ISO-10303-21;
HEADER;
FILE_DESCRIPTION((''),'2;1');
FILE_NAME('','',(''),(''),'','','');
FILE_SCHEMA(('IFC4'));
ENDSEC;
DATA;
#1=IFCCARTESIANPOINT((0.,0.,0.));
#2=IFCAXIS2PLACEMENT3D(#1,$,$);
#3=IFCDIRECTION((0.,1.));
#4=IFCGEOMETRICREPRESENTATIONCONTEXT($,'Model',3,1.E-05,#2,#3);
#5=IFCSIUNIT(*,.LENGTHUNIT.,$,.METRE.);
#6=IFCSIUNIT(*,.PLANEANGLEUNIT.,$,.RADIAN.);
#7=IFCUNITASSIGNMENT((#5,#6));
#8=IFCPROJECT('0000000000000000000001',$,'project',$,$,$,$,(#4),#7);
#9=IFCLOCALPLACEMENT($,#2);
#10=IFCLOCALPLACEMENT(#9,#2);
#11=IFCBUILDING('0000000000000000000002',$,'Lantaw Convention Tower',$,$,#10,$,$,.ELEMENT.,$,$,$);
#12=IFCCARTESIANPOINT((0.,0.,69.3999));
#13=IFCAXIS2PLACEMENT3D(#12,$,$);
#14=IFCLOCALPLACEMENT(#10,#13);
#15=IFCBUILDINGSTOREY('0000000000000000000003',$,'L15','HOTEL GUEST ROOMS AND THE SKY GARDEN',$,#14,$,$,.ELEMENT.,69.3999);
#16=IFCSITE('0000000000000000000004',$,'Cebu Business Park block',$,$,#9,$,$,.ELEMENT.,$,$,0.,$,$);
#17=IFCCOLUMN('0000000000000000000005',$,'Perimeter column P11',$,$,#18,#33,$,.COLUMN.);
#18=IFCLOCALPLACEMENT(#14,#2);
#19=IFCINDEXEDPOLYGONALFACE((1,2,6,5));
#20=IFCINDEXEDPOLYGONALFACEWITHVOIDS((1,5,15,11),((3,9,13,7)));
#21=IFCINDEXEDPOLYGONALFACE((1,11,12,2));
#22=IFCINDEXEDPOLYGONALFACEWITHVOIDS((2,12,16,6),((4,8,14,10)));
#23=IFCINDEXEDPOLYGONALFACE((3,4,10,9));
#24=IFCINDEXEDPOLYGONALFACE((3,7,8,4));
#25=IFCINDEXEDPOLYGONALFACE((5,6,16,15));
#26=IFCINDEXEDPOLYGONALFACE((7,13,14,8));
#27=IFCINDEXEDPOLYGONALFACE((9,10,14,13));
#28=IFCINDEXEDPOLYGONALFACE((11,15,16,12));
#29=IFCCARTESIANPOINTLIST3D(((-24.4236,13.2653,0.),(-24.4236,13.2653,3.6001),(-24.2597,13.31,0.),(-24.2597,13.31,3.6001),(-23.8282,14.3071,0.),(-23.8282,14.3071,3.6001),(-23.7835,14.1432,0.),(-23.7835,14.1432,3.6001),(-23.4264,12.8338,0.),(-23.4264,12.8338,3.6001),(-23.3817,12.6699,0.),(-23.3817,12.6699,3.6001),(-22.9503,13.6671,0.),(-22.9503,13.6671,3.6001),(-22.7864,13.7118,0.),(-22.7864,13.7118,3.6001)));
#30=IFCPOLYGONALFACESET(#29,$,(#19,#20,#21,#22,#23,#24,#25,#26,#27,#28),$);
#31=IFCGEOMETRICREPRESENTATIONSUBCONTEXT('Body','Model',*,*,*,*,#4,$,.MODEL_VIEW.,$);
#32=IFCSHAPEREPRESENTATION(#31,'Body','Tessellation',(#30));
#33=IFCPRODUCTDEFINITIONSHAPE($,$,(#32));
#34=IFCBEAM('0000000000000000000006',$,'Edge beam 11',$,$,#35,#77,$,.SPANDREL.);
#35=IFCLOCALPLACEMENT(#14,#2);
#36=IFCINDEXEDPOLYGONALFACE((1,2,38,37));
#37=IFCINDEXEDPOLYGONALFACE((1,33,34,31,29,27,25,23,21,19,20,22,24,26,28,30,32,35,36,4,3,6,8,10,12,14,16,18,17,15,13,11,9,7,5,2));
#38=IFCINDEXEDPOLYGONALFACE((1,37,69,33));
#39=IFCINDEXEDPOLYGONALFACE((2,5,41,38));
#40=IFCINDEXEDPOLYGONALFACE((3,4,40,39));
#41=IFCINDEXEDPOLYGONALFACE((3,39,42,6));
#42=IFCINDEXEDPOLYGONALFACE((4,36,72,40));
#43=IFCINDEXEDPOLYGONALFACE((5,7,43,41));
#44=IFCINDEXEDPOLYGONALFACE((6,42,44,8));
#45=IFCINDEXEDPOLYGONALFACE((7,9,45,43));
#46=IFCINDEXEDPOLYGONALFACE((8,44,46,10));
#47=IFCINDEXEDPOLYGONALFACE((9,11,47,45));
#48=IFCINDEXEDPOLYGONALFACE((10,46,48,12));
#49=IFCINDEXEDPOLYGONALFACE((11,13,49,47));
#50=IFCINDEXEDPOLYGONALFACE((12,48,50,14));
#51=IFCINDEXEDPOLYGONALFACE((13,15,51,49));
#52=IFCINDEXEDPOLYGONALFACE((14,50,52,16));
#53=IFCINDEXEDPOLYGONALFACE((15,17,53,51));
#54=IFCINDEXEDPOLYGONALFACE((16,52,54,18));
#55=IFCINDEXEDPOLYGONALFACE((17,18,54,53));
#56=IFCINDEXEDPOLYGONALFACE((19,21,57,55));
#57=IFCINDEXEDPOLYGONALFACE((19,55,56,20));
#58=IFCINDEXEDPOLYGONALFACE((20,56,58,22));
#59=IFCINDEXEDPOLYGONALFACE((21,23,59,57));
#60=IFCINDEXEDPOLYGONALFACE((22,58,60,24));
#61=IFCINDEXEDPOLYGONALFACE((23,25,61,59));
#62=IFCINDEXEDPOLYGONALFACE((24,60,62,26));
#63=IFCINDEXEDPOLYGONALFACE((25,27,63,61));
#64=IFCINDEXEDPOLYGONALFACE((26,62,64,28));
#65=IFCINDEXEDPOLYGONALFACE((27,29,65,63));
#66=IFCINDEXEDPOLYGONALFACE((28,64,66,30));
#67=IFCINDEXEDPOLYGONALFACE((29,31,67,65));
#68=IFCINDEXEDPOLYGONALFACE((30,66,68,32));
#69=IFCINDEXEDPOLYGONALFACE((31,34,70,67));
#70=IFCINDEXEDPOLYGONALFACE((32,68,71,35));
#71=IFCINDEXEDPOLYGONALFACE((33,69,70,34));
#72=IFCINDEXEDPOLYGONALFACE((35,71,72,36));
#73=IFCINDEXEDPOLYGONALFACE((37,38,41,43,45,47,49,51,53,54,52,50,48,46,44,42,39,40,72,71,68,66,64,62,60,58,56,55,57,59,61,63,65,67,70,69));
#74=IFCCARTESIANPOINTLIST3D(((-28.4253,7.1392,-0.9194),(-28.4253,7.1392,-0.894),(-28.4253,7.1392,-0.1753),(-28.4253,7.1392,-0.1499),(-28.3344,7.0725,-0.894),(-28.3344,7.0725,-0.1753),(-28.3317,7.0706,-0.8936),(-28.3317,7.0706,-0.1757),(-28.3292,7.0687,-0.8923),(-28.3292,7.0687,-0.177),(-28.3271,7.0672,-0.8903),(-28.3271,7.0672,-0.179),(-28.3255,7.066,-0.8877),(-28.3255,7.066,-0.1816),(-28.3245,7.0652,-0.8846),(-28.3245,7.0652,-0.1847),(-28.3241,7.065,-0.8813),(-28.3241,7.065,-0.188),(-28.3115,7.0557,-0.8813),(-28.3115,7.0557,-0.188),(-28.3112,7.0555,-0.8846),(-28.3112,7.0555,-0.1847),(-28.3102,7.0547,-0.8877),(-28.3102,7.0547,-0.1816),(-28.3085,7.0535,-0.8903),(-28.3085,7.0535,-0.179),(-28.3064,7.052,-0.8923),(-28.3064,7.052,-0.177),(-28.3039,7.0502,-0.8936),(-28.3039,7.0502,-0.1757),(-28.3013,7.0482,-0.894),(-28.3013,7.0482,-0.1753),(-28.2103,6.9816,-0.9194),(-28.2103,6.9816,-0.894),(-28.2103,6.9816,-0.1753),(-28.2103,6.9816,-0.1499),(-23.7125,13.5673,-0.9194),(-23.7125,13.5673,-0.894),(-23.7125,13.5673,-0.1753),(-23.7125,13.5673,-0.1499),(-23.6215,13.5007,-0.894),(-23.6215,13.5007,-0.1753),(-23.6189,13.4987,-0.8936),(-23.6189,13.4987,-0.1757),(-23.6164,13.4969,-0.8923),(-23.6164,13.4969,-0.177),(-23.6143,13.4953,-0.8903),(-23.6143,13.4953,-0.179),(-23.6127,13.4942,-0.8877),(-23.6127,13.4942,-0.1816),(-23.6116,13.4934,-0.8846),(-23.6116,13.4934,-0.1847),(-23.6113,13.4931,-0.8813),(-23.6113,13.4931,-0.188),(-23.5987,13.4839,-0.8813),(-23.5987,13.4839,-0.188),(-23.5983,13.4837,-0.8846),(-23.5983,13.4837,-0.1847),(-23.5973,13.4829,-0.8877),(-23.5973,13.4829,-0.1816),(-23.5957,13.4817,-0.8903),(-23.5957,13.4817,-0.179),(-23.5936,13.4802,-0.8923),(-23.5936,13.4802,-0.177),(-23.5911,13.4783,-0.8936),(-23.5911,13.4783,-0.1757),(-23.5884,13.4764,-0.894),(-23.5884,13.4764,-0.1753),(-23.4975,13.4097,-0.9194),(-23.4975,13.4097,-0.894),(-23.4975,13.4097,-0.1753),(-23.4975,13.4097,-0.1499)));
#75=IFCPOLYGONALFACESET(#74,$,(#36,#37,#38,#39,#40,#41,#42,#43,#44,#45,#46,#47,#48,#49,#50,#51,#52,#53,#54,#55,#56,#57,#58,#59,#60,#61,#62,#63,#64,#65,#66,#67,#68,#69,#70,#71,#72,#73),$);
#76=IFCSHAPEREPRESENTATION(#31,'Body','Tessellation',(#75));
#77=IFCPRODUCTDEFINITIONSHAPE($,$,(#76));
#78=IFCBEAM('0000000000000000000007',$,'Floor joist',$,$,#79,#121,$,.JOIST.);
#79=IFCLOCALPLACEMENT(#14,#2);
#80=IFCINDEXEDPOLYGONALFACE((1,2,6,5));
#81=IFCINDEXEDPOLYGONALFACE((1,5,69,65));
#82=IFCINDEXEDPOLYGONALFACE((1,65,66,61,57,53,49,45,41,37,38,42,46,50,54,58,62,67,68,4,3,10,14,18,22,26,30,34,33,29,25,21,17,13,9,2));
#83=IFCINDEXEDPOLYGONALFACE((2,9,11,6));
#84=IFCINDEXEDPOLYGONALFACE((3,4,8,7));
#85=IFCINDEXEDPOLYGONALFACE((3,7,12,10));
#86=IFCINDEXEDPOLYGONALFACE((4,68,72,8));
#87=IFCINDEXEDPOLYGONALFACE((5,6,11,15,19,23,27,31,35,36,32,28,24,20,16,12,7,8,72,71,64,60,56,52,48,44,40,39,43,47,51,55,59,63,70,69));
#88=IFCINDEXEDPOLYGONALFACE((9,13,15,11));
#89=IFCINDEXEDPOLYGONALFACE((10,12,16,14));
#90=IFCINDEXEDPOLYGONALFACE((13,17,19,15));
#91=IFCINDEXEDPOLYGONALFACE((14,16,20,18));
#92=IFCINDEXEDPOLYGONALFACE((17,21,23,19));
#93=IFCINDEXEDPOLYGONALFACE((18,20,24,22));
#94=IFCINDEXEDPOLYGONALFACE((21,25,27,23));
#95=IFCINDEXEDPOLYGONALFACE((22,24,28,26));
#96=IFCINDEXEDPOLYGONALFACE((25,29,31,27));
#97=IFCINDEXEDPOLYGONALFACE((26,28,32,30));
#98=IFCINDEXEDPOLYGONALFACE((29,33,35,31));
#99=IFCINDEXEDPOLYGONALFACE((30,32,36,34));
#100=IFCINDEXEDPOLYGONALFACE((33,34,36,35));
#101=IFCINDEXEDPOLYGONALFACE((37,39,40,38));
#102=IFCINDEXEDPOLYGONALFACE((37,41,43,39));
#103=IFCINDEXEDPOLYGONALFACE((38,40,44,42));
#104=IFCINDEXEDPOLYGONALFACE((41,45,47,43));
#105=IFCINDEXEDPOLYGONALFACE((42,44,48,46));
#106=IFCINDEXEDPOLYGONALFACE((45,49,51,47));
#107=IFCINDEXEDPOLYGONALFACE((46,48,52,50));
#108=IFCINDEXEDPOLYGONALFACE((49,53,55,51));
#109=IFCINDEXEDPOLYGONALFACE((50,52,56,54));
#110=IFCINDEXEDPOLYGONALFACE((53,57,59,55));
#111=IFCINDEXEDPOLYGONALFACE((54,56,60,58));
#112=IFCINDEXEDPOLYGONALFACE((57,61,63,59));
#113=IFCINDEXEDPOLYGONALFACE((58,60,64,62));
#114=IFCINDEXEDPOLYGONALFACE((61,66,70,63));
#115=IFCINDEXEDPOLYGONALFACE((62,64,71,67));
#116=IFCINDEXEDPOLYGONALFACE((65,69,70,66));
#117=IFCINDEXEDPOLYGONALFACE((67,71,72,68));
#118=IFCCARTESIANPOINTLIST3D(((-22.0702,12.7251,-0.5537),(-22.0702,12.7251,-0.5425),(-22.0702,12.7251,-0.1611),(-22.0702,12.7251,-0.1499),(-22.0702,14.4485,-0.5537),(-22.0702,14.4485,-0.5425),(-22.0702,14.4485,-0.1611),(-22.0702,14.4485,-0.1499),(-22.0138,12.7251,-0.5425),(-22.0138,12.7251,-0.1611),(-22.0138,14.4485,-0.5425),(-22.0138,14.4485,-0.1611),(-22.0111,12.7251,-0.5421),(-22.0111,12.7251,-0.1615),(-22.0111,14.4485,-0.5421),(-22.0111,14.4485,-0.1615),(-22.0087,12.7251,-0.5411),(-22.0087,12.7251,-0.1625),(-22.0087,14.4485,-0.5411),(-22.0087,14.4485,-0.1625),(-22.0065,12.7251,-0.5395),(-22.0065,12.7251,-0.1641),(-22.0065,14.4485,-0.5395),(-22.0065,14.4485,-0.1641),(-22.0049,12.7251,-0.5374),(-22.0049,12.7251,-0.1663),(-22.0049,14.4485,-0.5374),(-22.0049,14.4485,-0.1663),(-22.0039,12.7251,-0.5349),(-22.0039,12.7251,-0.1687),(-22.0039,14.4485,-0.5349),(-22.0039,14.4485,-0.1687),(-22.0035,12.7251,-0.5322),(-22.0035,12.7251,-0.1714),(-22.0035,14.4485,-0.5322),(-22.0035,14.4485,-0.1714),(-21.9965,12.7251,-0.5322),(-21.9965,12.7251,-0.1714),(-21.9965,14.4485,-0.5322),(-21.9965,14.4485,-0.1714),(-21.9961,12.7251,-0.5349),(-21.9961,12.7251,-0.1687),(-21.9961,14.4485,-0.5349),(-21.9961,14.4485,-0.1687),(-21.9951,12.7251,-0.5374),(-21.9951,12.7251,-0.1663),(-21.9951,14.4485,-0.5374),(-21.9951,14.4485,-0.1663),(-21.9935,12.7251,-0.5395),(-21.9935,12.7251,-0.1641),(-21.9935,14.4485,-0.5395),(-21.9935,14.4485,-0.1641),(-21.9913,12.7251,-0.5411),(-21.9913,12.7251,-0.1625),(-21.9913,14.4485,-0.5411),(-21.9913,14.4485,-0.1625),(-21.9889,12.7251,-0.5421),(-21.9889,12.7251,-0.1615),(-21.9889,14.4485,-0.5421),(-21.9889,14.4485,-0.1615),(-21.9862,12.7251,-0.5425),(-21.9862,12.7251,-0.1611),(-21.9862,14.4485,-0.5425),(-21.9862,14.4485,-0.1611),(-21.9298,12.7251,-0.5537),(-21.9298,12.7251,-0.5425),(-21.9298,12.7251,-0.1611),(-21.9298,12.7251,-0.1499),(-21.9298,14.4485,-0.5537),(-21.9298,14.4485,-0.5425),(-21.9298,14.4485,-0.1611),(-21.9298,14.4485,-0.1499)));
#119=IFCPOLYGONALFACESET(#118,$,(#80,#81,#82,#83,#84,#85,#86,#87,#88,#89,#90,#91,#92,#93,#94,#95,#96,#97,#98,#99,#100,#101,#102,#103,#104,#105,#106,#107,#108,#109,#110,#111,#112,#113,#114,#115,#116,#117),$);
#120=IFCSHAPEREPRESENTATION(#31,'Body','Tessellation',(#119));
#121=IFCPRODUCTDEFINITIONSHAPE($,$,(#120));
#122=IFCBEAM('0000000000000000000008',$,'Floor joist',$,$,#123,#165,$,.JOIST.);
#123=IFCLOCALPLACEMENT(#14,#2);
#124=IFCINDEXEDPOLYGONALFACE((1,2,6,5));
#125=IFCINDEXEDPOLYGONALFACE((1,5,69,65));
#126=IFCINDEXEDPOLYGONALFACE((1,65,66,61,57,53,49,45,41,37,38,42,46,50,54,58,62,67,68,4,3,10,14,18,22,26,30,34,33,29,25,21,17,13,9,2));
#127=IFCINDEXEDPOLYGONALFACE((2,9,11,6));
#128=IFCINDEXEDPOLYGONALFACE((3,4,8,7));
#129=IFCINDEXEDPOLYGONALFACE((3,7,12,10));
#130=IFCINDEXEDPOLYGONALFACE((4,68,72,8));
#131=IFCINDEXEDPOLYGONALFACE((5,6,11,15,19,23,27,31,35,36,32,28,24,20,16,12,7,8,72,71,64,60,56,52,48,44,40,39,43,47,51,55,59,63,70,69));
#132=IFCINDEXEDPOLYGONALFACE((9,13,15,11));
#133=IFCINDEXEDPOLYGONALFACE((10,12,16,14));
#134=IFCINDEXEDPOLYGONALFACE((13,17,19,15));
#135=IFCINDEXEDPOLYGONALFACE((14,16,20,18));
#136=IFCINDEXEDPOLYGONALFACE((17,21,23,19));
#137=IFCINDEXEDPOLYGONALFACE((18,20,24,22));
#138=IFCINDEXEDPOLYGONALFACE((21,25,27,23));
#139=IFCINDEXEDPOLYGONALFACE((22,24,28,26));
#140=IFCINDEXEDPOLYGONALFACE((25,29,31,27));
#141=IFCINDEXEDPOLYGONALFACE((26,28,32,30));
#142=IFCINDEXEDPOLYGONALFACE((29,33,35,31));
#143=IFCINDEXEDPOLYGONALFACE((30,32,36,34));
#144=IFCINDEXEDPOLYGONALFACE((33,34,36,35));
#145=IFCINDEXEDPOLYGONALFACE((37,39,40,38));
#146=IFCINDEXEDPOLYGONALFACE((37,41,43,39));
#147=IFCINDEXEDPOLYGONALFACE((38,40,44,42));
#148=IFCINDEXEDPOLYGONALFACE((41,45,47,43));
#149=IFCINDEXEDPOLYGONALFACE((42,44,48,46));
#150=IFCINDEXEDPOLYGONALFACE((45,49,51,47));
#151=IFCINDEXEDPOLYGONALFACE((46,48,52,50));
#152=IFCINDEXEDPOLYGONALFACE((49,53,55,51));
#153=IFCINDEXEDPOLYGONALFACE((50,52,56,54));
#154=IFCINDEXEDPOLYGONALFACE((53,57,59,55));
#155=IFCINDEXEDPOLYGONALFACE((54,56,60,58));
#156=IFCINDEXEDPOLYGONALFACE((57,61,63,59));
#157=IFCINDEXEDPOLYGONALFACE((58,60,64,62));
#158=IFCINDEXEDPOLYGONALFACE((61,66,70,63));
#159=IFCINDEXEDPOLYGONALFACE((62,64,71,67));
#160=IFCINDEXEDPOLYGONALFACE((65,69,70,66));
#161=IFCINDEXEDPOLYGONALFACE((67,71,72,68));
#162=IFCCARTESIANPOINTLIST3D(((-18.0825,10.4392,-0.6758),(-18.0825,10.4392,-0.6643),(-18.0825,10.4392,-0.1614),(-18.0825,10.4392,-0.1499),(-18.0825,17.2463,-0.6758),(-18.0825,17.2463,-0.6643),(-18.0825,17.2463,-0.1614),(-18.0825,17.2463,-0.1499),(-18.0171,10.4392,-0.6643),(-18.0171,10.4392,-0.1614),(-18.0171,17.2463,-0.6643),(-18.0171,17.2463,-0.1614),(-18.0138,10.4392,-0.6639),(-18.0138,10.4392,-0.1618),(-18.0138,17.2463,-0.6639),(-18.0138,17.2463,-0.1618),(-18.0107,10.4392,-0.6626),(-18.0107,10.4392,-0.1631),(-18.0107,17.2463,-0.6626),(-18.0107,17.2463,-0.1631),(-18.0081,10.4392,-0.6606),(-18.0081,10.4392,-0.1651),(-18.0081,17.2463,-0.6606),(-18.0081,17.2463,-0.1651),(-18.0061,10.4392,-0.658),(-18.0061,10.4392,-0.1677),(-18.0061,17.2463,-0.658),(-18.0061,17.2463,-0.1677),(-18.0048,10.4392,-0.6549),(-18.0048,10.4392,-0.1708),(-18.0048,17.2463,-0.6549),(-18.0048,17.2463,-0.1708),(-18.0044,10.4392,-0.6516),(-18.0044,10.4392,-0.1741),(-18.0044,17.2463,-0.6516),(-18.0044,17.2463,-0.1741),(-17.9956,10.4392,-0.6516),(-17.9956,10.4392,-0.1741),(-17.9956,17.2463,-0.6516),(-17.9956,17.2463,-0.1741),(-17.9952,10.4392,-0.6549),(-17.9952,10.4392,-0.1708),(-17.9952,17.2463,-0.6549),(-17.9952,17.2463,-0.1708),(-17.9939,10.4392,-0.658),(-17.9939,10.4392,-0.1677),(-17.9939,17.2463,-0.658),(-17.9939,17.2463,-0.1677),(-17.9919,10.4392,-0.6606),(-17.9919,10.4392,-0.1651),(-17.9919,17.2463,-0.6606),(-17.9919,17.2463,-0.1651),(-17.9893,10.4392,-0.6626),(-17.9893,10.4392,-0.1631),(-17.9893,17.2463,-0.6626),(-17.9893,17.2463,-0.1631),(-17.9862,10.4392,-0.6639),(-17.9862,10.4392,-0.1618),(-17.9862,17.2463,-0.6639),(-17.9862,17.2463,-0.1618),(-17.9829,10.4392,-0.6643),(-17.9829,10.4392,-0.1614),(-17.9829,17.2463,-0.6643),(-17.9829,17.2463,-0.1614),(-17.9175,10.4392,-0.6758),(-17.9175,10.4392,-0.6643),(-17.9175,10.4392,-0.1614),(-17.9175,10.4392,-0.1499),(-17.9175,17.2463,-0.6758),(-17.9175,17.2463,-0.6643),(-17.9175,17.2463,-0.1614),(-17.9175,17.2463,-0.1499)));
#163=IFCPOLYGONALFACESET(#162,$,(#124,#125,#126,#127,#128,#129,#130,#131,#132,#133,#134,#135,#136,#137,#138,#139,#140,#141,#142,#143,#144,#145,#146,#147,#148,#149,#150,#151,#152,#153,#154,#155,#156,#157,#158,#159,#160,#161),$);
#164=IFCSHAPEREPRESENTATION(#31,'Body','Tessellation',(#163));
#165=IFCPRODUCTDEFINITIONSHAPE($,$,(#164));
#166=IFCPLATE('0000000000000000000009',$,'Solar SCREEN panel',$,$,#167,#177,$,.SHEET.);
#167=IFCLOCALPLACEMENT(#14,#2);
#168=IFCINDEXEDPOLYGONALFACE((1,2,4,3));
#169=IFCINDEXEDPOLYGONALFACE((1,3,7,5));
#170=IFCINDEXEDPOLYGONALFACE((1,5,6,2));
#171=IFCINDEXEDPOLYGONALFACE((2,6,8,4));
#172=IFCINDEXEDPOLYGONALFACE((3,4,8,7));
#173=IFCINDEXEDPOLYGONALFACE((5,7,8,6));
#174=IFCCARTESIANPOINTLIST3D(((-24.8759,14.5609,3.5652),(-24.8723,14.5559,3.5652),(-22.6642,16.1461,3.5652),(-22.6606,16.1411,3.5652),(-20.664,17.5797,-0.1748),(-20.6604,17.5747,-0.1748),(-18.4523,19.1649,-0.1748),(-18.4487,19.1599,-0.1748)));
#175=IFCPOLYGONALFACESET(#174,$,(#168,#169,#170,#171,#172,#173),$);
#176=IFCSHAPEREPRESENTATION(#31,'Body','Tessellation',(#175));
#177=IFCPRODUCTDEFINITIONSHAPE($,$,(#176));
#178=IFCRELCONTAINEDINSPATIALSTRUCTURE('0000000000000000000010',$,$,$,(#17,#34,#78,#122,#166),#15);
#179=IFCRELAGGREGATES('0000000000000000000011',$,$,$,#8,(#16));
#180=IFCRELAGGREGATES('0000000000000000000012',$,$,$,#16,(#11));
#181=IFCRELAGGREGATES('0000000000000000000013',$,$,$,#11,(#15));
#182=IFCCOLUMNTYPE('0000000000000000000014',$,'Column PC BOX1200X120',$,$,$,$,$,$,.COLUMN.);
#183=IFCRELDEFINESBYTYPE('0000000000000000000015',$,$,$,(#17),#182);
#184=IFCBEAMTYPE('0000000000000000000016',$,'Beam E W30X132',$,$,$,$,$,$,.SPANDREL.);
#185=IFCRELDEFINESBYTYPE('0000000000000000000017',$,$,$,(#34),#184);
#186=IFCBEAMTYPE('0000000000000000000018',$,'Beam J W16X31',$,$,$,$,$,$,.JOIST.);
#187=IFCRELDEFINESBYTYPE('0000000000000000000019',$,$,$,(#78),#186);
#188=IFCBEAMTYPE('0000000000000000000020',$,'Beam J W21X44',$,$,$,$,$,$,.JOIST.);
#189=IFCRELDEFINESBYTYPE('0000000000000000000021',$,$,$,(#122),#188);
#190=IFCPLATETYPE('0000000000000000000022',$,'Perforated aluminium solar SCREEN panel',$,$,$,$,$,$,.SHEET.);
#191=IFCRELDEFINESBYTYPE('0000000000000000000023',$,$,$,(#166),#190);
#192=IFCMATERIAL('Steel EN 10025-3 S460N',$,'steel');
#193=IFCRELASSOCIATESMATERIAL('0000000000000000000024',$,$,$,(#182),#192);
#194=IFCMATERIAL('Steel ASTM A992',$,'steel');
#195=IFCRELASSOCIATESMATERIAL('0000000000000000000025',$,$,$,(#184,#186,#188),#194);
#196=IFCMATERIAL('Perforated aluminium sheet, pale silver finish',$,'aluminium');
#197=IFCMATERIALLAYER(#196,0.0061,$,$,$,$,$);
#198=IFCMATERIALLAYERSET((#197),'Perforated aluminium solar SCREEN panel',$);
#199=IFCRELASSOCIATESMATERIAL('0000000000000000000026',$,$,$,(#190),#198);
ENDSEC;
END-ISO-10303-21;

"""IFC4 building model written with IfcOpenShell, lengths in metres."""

from ifc_helpers import new_model, si_unit, direction, frame, origin, origin_2d, place, context, subcontext, project, spatial, polyline, rectangle, hollow_rectangle, i_section, outline, extrude, material, layer, layer_set, material_profile, profile_set, type_object, element, save


model = new_model("IFC4")

# Units and contexts
model_context = context("Model", 3, precision=1e-05, world=origin(), true_north=direction((0.0, 1.0)))
body_context = subcontext(model_context, "Body", "Model", "MODEL_VIEW")
ifc_project = project(units=[si_unit("LENGTHUNIT", "METRE"), si_unit("PLANEANGLEUNIT", "RADIAN")], contexts=[model_context])

# Site, building, storey
site_placement = place(None, origin())
site = spatial("IfcSite", under=ifc_project, at=site_placement, Name="Cebu Business Park block", CompositionType="ELEMENT", RefElevation=0.0)
building_placement = place(site_placement, origin())
building = spatial("IfcBuilding", under=site, at=building_placement, Name="Lantaw Convention Tower", CompositionType="ELEMENT")
storey_placement = place(building_placement, frame((0.0, 0.0, 69.3999)))
storey = spatial("IfcBuildingStorey", under=building, at=storey_placement, Name="L15", Description="HOTEL GUEST ROOMS AND THE SKY GARDEN", CompositionType="ELEMENT", Elevation=69.3999)

# Column
ifc_material_1 = material(Name="Steel EN 10025-3 S460N", Category="steel")
ifc_material_profile_1 = material_profile(ifc_material_1, hollow_rectangle(XDim=1.2, YDim=1.2, WallThickness=0.1201, at=origin_2d()), Name="BOX1200X120")
ifc_material_2 = material(Name="Concrete C60/75", Category="concrete")
ifc_material_profile_2 = material_profile(ifc_material_2, rectangle(XDim=0.96, YDim=0.96, at=origin_2d()), Name="Concrete fill of BOX1200X120")
ifc_profile_set_1 = profile_set([ifc_material_profile_1, ifc_material_profile_2], Name="Steel EN 10025-3 S460N")
column_type = type_object("IfcColumnType", Name="Column PC BOX1200X120", PredefinedType="COLUMN", material=ifc_profile_set_1)
column_placement = place(storey_placement, frame((-23.605, 13.4885, 0.0), z_axis=(0.0, 0.0, 1.0), x_axis=(0.496139, 0.868243, 0.0)))
element("IfcColumn", 1, at=column_placement, inside=storey, type_object=column_type, Name="Perimeter column P11", PredefinedType="COLUMN", context=body_context, shape_type="SweptSolid", body=[
    extrude(hollow_rectangle(XDim=1.2, YDim=1.2, WallThickness=0.1201, at=origin_2d()), origin(), (0.0, 0.0, 1.0), 3.6001),
])

# Beams
ifc_material_3 = material(Name="Steel ASTM A992", Category="steel")
ifc_material_profile_3 = material_profile(ifc_material_3, i_section(OverallWidth=0.2666, OverallDepth=0.7695, WebThickness=0.0156, FlangeThickness=0.0254, FilletRadius=0.0127, at=origin_2d()), Name="W30X132")
ifc_profile_set_2 = profile_set([ifc_material_profile_3], Name="Steel ASTM A992")
beam_type_1 = type_object("IfcBeamType", Name="Beam E W30X132", PredefinedType="SPANDREL", material=ifc_profile_set_2)
beam_1_placement = place(storey_placement, frame((-23.605, 13.4885, -0.5347), z_axis=(-0.591271, -0.806473, 0.0), x_axis=(0.806473, -0.591271, 0.0)))
element("IfcBeam", 2, at=beam_1_placement, inside=storey, type_object=beam_type_1, Name="Edge beam 11", PredefinedType="SPANDREL", context=body_context, shape_type="SweptSolid", body=[
    extrude(i_section(OverallWidth=0.2666, OverallDepth=0.7695, WebThickness=0.0156, FlangeThickness=0.0254, FilletRadius=0.0127, at=origin_2d()), origin(), (0.0, 0.0, 1.0), 7.9707),
])
ifc_material_profile_4 = material_profile(ifc_material_3, i_section(OverallWidth=0.1404, OverallDepth=0.4038, WebThickness=0.0071, FlangeThickness=0.0112, FilletRadius=0.0103, at=origin_2d()), Name="W16X31")
ifc_profile_set_3 = profile_set([ifc_material_profile_4], Name="Steel ASTM A992")
beam_type_2 = type_object("IfcBeamType", Name="Beam J W16X31", PredefinedType="JOIST", material=ifc_profile_set_3)
beam_2_placement = place(storey_placement, frame((-22.0, 12.7251, -0.3518), z_axis=(0.0, 1.0, 0.0), x_axis=(-1.0, 0.0, 0.0)))
element("IfcBeam", 3, at=beam_2_placement, inside=storey, type_object=beam_type_2, Name="Floor joist", PredefinedType="JOIST", context=body_context, shape_type="SweptSolid", body=[
    extrude(i_section(OverallWidth=0.1404, OverallDepth=0.4038, WebThickness=0.0071, FlangeThickness=0.0112, FilletRadius=0.0103, at=origin_2d()), origin(), (0.0, 0.0, 1.0), 1.7234),
])
ifc_material_profile_5 = material_profile(ifc_material_3, i_section(OverallWidth=0.165, OverallDepth=0.5259, WebThickness=0.0088, FlangeThickness=0.0115, FilletRadius=0.0127, at=origin_2d()), Name="W21X44")
ifc_profile_set_4 = profile_set([ifc_material_profile_5], Name="Steel ASTM A992")
beam_type_3 = type_object("IfcBeamType", Name="Beam J W21X44", PredefinedType="JOIST", material=ifc_profile_set_4)
beam_3_placement = place(storey_placement, frame((-18.0, 10.4392, -0.4128), z_axis=(0.0, 1.0, 0.0), x_axis=(-1.0, 0.0, 0.0)))
element("IfcBeam", 4, at=beam_3_placement, inside=storey, type_object=beam_type_3, Name="Floor joist", PredefinedType="JOIST", context=body_context, shape_type="SweptSolid", body=[
    extrude(i_section(OverallWidth=0.165, OverallDepth=0.5259, WebThickness=0.0088, FlangeThickness=0.0115, FilletRadius=0.0127, at=origin_2d()), origin(), (0.0, 0.0, 1.0), 6.8071),
])

# Plate
ifc_material_4 = material(Name="Perforated aluminium sheet, pale silver finish", Category="aluminium")
ifc_layer_1 = layer(ifc_material_4, 0.0061)
ifc_layer_set_1 = layer_set([ifc_layer_1], Name="Perforated aluminium solar SCREEN panel")
plate_type = type_object("IfcPlateType", Name="Perforated aluminium solar SCREEN panel", PredefinedType="SHEET", material=ifc_layer_set_1)
plate_1_placement = place(storey_placement, frame((-18.4487, 19.1599, -0.1748), z_axis=(0.582561, -0.812787, 0.000016), x_axis=(-0.812787, -0.582561, 0.0)))
element("IfcPlate", 5, at=plate_1_placement, inside=storey, type_object=plate_type, Name="Solar SCREEN panel", PredefinedType="SHEET", context=body_context, shape_type="SweptSolid", body=[
    extrude(outline(polyline([(0.0, 0.0), (2.7211, 0.0), (7.9031, -3.74), (5.182, -3.74), (0.0, 0.0)])), origin(), (0.0, 0.0, -1.0), 0.0061),
])

save(model, "model.ifc")
